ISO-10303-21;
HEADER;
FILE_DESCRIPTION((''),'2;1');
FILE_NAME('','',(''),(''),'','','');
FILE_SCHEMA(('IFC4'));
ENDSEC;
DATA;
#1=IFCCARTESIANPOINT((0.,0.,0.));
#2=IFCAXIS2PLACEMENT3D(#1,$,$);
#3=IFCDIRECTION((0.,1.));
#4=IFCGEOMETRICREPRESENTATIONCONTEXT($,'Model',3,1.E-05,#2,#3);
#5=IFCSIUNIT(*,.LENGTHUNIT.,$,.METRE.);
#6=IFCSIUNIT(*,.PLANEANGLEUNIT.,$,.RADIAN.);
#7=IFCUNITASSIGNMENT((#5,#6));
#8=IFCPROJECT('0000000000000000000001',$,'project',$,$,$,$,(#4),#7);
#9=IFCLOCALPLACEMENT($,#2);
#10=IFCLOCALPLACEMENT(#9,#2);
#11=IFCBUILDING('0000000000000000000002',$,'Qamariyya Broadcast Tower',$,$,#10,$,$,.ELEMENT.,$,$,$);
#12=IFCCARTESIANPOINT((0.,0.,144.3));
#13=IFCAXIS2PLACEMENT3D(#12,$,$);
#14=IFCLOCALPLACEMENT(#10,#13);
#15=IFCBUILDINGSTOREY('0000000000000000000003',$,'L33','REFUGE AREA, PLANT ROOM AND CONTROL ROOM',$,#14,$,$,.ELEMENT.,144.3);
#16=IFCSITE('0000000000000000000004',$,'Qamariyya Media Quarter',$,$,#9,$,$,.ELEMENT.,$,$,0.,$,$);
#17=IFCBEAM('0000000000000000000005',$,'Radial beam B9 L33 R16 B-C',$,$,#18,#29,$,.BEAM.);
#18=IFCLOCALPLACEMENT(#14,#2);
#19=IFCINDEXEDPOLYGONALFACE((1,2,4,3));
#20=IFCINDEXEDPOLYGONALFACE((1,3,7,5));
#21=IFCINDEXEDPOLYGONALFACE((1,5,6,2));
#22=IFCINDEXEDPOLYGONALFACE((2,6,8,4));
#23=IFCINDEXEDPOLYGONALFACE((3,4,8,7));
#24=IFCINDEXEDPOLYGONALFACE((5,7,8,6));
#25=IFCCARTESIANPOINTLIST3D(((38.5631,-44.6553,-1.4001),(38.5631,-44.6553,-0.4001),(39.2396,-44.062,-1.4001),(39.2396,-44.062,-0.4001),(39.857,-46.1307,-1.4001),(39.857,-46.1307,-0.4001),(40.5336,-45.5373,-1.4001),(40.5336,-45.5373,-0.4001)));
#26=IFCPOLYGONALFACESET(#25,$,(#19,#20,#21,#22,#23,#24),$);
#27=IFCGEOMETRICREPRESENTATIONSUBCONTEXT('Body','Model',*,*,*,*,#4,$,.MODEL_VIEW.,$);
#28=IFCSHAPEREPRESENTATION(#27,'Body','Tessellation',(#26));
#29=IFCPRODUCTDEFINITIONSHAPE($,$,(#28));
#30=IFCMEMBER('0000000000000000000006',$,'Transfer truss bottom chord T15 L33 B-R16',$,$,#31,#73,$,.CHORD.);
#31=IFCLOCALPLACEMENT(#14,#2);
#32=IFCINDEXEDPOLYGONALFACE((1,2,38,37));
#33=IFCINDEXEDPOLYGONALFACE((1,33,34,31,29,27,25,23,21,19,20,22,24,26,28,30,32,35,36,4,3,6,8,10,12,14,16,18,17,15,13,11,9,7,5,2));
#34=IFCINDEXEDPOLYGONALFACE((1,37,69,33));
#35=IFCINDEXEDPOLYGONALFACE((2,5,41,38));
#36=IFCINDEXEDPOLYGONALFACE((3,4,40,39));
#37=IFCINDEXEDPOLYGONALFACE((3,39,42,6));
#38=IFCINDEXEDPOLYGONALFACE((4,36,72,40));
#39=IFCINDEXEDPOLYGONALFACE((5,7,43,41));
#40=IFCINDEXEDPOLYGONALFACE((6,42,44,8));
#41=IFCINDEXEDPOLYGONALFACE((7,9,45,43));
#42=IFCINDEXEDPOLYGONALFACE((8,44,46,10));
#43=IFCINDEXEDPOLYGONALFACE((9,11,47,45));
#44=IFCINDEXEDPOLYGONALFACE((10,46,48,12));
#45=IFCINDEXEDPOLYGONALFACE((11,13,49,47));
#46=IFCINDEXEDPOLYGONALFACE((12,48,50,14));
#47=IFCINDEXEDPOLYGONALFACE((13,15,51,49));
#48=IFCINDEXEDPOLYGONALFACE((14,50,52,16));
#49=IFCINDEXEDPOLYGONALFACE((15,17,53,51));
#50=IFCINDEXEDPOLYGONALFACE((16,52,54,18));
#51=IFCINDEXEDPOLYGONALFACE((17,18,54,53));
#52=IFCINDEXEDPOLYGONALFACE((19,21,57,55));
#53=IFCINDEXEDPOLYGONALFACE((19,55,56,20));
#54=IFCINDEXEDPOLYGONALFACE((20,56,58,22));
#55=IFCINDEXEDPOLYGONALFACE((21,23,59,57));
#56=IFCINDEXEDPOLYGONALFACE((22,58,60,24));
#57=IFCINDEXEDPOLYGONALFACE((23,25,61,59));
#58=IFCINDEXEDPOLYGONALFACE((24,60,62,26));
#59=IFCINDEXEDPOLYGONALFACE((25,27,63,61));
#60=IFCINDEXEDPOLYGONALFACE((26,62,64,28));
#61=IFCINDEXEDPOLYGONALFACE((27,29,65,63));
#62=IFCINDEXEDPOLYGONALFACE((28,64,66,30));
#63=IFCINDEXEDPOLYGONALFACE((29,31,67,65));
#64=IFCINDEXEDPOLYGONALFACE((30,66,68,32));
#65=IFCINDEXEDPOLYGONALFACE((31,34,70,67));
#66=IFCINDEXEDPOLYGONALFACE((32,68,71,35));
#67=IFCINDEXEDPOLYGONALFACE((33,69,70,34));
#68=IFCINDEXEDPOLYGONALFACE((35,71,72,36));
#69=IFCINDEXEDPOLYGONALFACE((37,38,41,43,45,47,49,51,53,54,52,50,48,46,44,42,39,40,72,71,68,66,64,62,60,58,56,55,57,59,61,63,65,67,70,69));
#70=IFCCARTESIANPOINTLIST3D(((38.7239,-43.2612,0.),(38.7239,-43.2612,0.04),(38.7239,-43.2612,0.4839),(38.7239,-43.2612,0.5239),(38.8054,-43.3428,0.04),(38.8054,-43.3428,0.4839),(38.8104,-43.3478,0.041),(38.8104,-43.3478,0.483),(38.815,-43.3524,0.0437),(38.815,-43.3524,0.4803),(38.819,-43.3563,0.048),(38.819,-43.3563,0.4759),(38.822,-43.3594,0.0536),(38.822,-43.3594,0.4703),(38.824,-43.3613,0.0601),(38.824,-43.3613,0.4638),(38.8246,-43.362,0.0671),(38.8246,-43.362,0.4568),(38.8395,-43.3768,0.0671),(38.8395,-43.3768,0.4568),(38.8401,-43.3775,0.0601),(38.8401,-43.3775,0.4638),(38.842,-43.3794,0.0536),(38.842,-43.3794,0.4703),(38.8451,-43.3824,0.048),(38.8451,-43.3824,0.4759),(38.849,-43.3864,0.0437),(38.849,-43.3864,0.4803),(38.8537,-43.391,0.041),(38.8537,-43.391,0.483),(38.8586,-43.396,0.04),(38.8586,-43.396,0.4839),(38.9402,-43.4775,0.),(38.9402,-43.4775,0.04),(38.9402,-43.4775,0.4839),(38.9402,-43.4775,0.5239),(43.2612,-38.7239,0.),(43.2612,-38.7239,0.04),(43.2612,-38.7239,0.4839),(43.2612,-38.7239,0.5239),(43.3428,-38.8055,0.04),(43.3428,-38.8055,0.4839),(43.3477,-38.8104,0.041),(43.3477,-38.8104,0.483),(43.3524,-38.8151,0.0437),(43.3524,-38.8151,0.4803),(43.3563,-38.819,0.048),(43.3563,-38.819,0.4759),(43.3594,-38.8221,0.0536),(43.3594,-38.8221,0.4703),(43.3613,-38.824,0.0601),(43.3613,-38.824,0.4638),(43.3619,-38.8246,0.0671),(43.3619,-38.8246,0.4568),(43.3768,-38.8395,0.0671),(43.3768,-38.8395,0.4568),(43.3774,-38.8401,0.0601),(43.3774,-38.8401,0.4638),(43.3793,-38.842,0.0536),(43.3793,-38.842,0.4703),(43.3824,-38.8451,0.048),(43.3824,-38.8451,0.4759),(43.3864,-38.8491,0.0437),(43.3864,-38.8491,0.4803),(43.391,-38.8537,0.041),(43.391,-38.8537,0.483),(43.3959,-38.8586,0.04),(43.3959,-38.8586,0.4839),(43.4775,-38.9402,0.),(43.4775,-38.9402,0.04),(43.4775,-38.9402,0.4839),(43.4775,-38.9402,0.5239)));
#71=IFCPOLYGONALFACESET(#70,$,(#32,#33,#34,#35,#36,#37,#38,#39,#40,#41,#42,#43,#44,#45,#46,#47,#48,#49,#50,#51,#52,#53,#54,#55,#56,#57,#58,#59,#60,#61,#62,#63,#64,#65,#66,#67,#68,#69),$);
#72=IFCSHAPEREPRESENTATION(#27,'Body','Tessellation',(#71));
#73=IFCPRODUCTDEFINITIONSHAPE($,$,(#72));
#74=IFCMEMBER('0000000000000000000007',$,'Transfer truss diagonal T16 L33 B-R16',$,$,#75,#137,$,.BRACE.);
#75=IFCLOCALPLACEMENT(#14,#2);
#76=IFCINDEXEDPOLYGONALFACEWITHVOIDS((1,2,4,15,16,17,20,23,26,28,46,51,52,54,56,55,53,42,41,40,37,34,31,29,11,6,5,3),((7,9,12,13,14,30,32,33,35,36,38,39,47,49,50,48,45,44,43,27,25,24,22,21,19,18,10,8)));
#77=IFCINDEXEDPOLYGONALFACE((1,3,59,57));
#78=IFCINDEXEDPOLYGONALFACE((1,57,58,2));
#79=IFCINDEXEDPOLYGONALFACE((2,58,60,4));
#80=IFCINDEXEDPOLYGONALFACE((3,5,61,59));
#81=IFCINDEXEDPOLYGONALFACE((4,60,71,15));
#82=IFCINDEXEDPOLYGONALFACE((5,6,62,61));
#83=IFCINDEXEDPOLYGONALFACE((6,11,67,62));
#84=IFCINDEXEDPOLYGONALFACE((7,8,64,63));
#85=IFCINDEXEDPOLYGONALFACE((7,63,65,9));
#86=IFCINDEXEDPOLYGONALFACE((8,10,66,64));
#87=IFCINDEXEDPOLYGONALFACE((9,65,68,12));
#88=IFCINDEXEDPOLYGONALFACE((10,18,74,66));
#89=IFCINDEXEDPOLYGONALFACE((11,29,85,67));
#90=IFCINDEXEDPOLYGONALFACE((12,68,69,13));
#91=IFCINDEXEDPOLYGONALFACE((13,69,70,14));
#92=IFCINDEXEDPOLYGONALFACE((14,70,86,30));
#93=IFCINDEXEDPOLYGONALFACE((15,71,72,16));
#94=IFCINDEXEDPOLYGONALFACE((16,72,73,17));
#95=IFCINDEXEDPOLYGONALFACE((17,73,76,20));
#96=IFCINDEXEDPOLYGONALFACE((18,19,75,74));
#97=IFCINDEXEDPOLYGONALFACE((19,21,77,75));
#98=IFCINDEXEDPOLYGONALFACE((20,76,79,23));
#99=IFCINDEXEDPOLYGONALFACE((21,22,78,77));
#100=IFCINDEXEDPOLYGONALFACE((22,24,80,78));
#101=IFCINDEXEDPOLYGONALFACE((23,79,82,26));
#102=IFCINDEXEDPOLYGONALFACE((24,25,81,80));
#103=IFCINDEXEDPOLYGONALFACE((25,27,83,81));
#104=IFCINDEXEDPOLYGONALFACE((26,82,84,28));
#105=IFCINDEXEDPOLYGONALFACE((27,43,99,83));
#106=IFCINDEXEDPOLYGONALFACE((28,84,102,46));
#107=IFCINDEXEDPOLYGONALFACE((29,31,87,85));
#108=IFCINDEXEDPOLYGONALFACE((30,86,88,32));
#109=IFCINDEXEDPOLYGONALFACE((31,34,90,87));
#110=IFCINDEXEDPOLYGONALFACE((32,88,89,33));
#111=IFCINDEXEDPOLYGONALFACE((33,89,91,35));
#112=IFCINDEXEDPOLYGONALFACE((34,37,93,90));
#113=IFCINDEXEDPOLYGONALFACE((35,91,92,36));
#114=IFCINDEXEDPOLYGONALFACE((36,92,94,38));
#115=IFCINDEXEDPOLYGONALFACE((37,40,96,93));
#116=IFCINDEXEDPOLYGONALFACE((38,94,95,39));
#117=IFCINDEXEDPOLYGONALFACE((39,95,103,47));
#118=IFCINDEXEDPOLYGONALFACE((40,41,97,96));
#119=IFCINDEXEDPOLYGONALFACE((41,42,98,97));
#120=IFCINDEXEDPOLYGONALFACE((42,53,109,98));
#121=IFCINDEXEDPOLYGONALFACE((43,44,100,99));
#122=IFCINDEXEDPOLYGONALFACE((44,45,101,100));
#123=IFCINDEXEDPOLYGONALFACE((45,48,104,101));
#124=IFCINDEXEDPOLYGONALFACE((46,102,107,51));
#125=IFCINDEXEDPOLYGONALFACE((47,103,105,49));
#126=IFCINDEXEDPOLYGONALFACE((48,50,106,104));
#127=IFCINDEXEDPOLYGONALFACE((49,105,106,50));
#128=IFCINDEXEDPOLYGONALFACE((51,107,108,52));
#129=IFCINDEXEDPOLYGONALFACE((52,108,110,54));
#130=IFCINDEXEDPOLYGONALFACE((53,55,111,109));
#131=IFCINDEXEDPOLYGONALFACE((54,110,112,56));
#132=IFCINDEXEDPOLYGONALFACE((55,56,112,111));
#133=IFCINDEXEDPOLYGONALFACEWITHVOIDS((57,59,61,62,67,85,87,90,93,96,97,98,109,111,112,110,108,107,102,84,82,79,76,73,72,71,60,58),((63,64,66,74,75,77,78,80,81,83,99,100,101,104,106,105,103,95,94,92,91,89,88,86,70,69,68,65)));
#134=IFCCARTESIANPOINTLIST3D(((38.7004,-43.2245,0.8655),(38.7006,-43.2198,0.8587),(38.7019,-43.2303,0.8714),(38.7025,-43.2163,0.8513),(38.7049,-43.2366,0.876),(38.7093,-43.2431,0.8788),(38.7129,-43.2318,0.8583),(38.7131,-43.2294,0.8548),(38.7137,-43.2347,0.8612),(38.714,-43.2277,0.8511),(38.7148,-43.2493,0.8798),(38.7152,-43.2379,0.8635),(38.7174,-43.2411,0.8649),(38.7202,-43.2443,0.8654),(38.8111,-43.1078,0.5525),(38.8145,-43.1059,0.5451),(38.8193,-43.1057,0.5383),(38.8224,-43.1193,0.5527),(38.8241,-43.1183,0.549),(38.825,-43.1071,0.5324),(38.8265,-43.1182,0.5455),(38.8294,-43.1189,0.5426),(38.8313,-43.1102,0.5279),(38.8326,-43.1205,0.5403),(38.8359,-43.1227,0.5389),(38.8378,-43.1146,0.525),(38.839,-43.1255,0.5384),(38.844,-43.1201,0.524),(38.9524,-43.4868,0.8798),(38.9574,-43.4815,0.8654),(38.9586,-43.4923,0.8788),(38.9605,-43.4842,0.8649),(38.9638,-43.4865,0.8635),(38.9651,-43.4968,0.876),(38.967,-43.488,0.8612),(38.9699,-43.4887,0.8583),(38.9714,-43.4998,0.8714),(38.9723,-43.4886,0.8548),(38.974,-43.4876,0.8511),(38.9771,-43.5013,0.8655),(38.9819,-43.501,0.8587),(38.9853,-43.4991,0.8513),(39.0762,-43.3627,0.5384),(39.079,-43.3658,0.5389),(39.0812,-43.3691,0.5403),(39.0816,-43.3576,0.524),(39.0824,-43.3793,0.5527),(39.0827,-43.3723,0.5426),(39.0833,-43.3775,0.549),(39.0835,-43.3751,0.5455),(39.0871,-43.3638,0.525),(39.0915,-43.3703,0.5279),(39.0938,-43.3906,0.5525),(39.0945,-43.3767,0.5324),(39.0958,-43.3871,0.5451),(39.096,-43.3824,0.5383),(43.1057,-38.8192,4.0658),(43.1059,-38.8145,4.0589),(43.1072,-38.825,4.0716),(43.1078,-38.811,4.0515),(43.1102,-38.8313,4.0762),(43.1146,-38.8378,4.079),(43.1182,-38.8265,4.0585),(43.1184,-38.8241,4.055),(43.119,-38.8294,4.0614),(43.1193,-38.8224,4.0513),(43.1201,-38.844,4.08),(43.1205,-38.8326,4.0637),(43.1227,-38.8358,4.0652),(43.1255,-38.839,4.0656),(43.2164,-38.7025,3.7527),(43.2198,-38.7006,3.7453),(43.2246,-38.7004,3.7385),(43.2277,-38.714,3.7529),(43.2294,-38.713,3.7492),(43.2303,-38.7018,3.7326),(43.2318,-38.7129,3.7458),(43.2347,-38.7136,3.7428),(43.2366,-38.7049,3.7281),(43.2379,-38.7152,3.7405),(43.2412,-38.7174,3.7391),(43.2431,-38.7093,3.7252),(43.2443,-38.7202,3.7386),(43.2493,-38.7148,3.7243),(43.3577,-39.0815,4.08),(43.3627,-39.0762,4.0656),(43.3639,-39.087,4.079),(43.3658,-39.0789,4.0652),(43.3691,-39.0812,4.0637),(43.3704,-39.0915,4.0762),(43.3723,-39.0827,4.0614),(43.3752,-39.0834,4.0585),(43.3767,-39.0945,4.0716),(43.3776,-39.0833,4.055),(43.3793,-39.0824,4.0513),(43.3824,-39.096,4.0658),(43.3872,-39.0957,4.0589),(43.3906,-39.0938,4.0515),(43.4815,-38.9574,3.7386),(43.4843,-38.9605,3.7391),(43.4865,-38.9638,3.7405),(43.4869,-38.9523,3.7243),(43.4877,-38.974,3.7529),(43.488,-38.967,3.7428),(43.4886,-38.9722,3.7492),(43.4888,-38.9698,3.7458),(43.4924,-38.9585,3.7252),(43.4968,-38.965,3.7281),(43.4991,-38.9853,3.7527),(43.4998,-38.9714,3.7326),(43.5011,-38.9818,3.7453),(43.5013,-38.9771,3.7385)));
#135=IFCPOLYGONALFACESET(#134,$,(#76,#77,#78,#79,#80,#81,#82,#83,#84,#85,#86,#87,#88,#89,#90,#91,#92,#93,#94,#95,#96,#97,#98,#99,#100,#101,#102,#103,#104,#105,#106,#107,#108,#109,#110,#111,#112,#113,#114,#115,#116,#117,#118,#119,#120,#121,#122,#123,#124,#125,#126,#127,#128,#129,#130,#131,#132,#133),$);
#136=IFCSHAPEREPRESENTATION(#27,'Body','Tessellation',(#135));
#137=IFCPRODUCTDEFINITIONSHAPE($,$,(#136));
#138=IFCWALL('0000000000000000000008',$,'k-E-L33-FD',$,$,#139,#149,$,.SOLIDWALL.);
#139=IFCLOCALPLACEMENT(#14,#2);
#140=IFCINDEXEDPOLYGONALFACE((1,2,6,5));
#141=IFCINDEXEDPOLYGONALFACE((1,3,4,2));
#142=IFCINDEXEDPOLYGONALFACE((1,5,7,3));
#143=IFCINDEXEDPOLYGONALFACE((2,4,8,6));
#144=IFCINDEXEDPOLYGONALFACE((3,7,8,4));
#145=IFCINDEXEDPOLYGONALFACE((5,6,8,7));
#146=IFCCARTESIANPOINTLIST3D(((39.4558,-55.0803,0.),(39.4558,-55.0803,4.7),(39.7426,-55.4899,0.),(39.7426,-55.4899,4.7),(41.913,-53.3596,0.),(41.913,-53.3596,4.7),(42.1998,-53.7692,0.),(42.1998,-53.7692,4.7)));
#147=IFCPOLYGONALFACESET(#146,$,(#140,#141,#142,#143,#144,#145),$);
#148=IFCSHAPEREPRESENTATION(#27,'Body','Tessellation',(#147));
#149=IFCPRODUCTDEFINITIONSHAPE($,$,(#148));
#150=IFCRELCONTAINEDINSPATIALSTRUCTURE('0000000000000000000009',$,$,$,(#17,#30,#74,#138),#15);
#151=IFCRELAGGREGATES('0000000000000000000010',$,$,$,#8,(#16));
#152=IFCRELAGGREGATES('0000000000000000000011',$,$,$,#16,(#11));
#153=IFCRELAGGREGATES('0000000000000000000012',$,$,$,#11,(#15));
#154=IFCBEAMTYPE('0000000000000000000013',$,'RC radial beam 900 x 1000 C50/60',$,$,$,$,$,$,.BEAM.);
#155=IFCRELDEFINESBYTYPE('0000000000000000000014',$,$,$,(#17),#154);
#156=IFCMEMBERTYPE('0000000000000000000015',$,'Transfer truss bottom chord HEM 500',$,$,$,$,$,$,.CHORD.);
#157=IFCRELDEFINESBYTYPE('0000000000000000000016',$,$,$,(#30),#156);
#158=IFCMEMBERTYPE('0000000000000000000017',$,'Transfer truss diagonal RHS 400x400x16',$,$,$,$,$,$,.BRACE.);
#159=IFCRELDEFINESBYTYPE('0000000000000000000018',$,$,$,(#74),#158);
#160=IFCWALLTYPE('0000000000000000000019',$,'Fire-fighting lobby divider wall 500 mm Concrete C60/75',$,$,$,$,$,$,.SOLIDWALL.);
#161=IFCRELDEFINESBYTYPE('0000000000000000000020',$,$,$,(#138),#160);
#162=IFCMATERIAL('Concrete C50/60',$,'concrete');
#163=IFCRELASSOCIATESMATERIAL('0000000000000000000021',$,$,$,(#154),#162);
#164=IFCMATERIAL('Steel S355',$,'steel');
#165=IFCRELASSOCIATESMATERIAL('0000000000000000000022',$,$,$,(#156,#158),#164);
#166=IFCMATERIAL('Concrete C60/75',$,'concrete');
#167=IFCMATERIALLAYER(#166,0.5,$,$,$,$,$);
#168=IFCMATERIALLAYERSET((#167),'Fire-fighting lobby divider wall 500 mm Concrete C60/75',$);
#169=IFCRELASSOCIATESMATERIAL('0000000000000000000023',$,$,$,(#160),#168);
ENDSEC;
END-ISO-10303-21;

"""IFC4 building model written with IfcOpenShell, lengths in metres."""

from ifc_helpers import new_model, si_unit, direction, frame, frame_2d, origin, origin_2d, place, context, subcontext, project, spatial, rectangle, hollow_rectangle, i_section, extrude, material, layer, layer_set, material_profile, profile_set, type_object, element, save


model = new_model("IFC4")

# Units and contexts
model_context = context("Model", 3, precision=1e-05, world=origin(), true_north=direction((0.0, 1.0)))
body_context = subcontext(model_context, "Body", "Model", "MODEL_VIEW")
ifc_project = project(units=[si_unit("LENGTHUNIT", "METRE"), si_unit("PLANEANGLEUNIT", "RADIAN")], contexts=[model_context])

# Site, building, storey
site_placement = place(None, origin())
site = spatial("IfcSite", under=ifc_project, at=site_placement, Name="Qamariyya Media Quarter", CompositionType="ELEMENT", RefElevation=0.0)
building_placement = place(site_placement, origin())
building = spatial("IfcBuilding", under=site, at=building_placement, Name="Qamariyya Broadcast Tower", CompositionType="ELEMENT")
storey_placement = place(building_placement, frame((0.0, 0.0, 144.3)))
storey = spatial("IfcBuildingStorey", under=building, at=storey_placement, Name="L33", Description="REFUGE AREA, PLANT ROOM AND CONTROL ROOM", CompositionType="ELEMENT", Elevation=144.3)

# Shared definitions
ifc_material_1 = material(Name="Steel S355", Category="steel")

# Beam
ifc_material_2 = material(Name="Concrete C50/60", Category="concrete")
ifc_material_profile_1 = material_profile(ifc_material_2, rectangle(XDim=0.8999, YDim=1.0, at=origin_2d()))
ifc_profile_set_1 = profile_set([ifc_material_profile_1], Name="Concrete C50/60")
beam_type_1 = type_object("IfcBeamType", Name="RC radial beam 900 x 1000 C50/60", PredefinedType="BEAM", material=ifc_profile_set_1)
beam_1_placement = place(storey_placement, frame((38.9014, -44.3586, -0.9001), z_axis=(0.659376, -0.751813, 0.0), x_axis=(0.751813, 0.659376, 0.0)))
element("IfcBeam", 1, at=beam_1_placement, inside=storey, type_object=beam_type_1, Name="Radial beam B9 L33 R16 B-C", PredefinedType="BEAM", context=body_context, shape_type="SweptSolid", body=[
    extrude(rectangle(XDim=0.8999, YDim=1.0, at=origin_2d()), origin(), (0.0, 0.0, 1.0), 1.9624),
])

# Members
ifc_material_profile_2 = material_profile(ifc_material_1, i_section(OverallWidth=0.3059, OverallDepth=0.5239, WebThickness=0.021, FlangeThickness=0.04, FilletRadius=0.0271, at=origin_2d()))
ifc_profile_set_2 = profile_set([ifc_material_profile_2], Name="Steel S355")
member_type_1 = type_object("IfcMemberType", Name="Transfer truss bottom chord HEM 500", PredefinedType="CHORD", material=ifc_profile_set_2)
member_1_placement = place(storey_placement, frame((38.832, -43.3694, 0.262), z_axis=(0.707107, 0.707107, 0.0), x_axis=(-0.707107, 0.707107, 0.0)))
element("IfcMember", 2, at=member_1_placement, inside=storey, type_object=member_type_1, Name="Transfer truss bottom chord T15 L33 B-R16", PredefinedType="CHORD", context=body_context, shape_type="SweptSolid", body=[
    extrude(i_section(OverallWidth=0.3059, OverallDepth=0.5239, WebThickness=0.021, FlangeThickness=0.04, FilletRadius=0.0271, at=origin_2d()), origin(), (0.0, 0.0, 1.0), 6.4167),
])
ifc_material_profile_3 = material_profile(ifc_material_1, hollow_rectangle(XDim=0.3999, YDim=0.3999, WallThickness=0.0161, InnerFilletRadius=0.0161, OuterFilletRadius=0.032, at=origin_2d()))
ifc_profile_set_3 = profile_set([ifc_material_profile_3], Name="Steel S355")
member_type_2 = type_object("IfcMemberType", Name="Transfer truss diagonal RHS 400x400x16", PredefinedType="BRACE", material=ifc_profile_set_3)
member_2_placement = place(storey_placement, frame((38.8982, -43.3035, 0.7019), z_axis=(0.628978, 0.628978, 0.456919), x_axis=(-0.707107, 0.707107, 0.0)))
element("IfcMember", 3, at=member_2_placement, inside=storey, type_object=member_type_2, Name="Transfer truss diagonal T16 L33 B-R16", PredefinedType="BRACE", context=body_context, shape_type="SweptSolid", body=[
    extrude(hollow_rectangle(XDim=0.3999, YDim=0.3999, WallThickness=0.0161, InnerFilletRadius=0.0161, OuterFilletRadius=0.032, at=origin_2d()), origin(), (0.0, 0.0, 1.0), 7.0039),
])

# Wall
ifc_material_3 = material(Name="Concrete C60/75", Category="concrete")
ifc_layer_1 = layer(ifc_material_3, 0.5)
ifc_layer_set_1 = layer_set([ifc_layer_1], Name="Fire-fighting lobby divider wall 500 mm Concrete C60/75")
wall_type_1 = type_object("IfcWallType", Name="Fire-fighting lobby divider wall 500 mm Concrete C60/75", PredefinedType="SOLIDWALL", material=ifc_layer_set_1)
wall_1_placement = place(storey_placement, frame((39.5991, -55.2852, 0.0), z_axis=(0.0, 0.0, 1.0), x_axis=(0.819136, 0.573599, 0.0)))
element("IfcWall", 4, at=wall_1_placement, inside=storey, type_object=wall_type_1, Name="k-E-L33-FD", PredefinedType="SOLIDWALL", context=body_context, shape_type="SweptSolid", body=[
    extrude(rectangle(XDim=2.9998, YDim=0.5, at=frame_2d((1.5, 0.0))), origin(), (0.0, 0.0, 1.0), 4.7),
])

save(model, "model.ifc")
